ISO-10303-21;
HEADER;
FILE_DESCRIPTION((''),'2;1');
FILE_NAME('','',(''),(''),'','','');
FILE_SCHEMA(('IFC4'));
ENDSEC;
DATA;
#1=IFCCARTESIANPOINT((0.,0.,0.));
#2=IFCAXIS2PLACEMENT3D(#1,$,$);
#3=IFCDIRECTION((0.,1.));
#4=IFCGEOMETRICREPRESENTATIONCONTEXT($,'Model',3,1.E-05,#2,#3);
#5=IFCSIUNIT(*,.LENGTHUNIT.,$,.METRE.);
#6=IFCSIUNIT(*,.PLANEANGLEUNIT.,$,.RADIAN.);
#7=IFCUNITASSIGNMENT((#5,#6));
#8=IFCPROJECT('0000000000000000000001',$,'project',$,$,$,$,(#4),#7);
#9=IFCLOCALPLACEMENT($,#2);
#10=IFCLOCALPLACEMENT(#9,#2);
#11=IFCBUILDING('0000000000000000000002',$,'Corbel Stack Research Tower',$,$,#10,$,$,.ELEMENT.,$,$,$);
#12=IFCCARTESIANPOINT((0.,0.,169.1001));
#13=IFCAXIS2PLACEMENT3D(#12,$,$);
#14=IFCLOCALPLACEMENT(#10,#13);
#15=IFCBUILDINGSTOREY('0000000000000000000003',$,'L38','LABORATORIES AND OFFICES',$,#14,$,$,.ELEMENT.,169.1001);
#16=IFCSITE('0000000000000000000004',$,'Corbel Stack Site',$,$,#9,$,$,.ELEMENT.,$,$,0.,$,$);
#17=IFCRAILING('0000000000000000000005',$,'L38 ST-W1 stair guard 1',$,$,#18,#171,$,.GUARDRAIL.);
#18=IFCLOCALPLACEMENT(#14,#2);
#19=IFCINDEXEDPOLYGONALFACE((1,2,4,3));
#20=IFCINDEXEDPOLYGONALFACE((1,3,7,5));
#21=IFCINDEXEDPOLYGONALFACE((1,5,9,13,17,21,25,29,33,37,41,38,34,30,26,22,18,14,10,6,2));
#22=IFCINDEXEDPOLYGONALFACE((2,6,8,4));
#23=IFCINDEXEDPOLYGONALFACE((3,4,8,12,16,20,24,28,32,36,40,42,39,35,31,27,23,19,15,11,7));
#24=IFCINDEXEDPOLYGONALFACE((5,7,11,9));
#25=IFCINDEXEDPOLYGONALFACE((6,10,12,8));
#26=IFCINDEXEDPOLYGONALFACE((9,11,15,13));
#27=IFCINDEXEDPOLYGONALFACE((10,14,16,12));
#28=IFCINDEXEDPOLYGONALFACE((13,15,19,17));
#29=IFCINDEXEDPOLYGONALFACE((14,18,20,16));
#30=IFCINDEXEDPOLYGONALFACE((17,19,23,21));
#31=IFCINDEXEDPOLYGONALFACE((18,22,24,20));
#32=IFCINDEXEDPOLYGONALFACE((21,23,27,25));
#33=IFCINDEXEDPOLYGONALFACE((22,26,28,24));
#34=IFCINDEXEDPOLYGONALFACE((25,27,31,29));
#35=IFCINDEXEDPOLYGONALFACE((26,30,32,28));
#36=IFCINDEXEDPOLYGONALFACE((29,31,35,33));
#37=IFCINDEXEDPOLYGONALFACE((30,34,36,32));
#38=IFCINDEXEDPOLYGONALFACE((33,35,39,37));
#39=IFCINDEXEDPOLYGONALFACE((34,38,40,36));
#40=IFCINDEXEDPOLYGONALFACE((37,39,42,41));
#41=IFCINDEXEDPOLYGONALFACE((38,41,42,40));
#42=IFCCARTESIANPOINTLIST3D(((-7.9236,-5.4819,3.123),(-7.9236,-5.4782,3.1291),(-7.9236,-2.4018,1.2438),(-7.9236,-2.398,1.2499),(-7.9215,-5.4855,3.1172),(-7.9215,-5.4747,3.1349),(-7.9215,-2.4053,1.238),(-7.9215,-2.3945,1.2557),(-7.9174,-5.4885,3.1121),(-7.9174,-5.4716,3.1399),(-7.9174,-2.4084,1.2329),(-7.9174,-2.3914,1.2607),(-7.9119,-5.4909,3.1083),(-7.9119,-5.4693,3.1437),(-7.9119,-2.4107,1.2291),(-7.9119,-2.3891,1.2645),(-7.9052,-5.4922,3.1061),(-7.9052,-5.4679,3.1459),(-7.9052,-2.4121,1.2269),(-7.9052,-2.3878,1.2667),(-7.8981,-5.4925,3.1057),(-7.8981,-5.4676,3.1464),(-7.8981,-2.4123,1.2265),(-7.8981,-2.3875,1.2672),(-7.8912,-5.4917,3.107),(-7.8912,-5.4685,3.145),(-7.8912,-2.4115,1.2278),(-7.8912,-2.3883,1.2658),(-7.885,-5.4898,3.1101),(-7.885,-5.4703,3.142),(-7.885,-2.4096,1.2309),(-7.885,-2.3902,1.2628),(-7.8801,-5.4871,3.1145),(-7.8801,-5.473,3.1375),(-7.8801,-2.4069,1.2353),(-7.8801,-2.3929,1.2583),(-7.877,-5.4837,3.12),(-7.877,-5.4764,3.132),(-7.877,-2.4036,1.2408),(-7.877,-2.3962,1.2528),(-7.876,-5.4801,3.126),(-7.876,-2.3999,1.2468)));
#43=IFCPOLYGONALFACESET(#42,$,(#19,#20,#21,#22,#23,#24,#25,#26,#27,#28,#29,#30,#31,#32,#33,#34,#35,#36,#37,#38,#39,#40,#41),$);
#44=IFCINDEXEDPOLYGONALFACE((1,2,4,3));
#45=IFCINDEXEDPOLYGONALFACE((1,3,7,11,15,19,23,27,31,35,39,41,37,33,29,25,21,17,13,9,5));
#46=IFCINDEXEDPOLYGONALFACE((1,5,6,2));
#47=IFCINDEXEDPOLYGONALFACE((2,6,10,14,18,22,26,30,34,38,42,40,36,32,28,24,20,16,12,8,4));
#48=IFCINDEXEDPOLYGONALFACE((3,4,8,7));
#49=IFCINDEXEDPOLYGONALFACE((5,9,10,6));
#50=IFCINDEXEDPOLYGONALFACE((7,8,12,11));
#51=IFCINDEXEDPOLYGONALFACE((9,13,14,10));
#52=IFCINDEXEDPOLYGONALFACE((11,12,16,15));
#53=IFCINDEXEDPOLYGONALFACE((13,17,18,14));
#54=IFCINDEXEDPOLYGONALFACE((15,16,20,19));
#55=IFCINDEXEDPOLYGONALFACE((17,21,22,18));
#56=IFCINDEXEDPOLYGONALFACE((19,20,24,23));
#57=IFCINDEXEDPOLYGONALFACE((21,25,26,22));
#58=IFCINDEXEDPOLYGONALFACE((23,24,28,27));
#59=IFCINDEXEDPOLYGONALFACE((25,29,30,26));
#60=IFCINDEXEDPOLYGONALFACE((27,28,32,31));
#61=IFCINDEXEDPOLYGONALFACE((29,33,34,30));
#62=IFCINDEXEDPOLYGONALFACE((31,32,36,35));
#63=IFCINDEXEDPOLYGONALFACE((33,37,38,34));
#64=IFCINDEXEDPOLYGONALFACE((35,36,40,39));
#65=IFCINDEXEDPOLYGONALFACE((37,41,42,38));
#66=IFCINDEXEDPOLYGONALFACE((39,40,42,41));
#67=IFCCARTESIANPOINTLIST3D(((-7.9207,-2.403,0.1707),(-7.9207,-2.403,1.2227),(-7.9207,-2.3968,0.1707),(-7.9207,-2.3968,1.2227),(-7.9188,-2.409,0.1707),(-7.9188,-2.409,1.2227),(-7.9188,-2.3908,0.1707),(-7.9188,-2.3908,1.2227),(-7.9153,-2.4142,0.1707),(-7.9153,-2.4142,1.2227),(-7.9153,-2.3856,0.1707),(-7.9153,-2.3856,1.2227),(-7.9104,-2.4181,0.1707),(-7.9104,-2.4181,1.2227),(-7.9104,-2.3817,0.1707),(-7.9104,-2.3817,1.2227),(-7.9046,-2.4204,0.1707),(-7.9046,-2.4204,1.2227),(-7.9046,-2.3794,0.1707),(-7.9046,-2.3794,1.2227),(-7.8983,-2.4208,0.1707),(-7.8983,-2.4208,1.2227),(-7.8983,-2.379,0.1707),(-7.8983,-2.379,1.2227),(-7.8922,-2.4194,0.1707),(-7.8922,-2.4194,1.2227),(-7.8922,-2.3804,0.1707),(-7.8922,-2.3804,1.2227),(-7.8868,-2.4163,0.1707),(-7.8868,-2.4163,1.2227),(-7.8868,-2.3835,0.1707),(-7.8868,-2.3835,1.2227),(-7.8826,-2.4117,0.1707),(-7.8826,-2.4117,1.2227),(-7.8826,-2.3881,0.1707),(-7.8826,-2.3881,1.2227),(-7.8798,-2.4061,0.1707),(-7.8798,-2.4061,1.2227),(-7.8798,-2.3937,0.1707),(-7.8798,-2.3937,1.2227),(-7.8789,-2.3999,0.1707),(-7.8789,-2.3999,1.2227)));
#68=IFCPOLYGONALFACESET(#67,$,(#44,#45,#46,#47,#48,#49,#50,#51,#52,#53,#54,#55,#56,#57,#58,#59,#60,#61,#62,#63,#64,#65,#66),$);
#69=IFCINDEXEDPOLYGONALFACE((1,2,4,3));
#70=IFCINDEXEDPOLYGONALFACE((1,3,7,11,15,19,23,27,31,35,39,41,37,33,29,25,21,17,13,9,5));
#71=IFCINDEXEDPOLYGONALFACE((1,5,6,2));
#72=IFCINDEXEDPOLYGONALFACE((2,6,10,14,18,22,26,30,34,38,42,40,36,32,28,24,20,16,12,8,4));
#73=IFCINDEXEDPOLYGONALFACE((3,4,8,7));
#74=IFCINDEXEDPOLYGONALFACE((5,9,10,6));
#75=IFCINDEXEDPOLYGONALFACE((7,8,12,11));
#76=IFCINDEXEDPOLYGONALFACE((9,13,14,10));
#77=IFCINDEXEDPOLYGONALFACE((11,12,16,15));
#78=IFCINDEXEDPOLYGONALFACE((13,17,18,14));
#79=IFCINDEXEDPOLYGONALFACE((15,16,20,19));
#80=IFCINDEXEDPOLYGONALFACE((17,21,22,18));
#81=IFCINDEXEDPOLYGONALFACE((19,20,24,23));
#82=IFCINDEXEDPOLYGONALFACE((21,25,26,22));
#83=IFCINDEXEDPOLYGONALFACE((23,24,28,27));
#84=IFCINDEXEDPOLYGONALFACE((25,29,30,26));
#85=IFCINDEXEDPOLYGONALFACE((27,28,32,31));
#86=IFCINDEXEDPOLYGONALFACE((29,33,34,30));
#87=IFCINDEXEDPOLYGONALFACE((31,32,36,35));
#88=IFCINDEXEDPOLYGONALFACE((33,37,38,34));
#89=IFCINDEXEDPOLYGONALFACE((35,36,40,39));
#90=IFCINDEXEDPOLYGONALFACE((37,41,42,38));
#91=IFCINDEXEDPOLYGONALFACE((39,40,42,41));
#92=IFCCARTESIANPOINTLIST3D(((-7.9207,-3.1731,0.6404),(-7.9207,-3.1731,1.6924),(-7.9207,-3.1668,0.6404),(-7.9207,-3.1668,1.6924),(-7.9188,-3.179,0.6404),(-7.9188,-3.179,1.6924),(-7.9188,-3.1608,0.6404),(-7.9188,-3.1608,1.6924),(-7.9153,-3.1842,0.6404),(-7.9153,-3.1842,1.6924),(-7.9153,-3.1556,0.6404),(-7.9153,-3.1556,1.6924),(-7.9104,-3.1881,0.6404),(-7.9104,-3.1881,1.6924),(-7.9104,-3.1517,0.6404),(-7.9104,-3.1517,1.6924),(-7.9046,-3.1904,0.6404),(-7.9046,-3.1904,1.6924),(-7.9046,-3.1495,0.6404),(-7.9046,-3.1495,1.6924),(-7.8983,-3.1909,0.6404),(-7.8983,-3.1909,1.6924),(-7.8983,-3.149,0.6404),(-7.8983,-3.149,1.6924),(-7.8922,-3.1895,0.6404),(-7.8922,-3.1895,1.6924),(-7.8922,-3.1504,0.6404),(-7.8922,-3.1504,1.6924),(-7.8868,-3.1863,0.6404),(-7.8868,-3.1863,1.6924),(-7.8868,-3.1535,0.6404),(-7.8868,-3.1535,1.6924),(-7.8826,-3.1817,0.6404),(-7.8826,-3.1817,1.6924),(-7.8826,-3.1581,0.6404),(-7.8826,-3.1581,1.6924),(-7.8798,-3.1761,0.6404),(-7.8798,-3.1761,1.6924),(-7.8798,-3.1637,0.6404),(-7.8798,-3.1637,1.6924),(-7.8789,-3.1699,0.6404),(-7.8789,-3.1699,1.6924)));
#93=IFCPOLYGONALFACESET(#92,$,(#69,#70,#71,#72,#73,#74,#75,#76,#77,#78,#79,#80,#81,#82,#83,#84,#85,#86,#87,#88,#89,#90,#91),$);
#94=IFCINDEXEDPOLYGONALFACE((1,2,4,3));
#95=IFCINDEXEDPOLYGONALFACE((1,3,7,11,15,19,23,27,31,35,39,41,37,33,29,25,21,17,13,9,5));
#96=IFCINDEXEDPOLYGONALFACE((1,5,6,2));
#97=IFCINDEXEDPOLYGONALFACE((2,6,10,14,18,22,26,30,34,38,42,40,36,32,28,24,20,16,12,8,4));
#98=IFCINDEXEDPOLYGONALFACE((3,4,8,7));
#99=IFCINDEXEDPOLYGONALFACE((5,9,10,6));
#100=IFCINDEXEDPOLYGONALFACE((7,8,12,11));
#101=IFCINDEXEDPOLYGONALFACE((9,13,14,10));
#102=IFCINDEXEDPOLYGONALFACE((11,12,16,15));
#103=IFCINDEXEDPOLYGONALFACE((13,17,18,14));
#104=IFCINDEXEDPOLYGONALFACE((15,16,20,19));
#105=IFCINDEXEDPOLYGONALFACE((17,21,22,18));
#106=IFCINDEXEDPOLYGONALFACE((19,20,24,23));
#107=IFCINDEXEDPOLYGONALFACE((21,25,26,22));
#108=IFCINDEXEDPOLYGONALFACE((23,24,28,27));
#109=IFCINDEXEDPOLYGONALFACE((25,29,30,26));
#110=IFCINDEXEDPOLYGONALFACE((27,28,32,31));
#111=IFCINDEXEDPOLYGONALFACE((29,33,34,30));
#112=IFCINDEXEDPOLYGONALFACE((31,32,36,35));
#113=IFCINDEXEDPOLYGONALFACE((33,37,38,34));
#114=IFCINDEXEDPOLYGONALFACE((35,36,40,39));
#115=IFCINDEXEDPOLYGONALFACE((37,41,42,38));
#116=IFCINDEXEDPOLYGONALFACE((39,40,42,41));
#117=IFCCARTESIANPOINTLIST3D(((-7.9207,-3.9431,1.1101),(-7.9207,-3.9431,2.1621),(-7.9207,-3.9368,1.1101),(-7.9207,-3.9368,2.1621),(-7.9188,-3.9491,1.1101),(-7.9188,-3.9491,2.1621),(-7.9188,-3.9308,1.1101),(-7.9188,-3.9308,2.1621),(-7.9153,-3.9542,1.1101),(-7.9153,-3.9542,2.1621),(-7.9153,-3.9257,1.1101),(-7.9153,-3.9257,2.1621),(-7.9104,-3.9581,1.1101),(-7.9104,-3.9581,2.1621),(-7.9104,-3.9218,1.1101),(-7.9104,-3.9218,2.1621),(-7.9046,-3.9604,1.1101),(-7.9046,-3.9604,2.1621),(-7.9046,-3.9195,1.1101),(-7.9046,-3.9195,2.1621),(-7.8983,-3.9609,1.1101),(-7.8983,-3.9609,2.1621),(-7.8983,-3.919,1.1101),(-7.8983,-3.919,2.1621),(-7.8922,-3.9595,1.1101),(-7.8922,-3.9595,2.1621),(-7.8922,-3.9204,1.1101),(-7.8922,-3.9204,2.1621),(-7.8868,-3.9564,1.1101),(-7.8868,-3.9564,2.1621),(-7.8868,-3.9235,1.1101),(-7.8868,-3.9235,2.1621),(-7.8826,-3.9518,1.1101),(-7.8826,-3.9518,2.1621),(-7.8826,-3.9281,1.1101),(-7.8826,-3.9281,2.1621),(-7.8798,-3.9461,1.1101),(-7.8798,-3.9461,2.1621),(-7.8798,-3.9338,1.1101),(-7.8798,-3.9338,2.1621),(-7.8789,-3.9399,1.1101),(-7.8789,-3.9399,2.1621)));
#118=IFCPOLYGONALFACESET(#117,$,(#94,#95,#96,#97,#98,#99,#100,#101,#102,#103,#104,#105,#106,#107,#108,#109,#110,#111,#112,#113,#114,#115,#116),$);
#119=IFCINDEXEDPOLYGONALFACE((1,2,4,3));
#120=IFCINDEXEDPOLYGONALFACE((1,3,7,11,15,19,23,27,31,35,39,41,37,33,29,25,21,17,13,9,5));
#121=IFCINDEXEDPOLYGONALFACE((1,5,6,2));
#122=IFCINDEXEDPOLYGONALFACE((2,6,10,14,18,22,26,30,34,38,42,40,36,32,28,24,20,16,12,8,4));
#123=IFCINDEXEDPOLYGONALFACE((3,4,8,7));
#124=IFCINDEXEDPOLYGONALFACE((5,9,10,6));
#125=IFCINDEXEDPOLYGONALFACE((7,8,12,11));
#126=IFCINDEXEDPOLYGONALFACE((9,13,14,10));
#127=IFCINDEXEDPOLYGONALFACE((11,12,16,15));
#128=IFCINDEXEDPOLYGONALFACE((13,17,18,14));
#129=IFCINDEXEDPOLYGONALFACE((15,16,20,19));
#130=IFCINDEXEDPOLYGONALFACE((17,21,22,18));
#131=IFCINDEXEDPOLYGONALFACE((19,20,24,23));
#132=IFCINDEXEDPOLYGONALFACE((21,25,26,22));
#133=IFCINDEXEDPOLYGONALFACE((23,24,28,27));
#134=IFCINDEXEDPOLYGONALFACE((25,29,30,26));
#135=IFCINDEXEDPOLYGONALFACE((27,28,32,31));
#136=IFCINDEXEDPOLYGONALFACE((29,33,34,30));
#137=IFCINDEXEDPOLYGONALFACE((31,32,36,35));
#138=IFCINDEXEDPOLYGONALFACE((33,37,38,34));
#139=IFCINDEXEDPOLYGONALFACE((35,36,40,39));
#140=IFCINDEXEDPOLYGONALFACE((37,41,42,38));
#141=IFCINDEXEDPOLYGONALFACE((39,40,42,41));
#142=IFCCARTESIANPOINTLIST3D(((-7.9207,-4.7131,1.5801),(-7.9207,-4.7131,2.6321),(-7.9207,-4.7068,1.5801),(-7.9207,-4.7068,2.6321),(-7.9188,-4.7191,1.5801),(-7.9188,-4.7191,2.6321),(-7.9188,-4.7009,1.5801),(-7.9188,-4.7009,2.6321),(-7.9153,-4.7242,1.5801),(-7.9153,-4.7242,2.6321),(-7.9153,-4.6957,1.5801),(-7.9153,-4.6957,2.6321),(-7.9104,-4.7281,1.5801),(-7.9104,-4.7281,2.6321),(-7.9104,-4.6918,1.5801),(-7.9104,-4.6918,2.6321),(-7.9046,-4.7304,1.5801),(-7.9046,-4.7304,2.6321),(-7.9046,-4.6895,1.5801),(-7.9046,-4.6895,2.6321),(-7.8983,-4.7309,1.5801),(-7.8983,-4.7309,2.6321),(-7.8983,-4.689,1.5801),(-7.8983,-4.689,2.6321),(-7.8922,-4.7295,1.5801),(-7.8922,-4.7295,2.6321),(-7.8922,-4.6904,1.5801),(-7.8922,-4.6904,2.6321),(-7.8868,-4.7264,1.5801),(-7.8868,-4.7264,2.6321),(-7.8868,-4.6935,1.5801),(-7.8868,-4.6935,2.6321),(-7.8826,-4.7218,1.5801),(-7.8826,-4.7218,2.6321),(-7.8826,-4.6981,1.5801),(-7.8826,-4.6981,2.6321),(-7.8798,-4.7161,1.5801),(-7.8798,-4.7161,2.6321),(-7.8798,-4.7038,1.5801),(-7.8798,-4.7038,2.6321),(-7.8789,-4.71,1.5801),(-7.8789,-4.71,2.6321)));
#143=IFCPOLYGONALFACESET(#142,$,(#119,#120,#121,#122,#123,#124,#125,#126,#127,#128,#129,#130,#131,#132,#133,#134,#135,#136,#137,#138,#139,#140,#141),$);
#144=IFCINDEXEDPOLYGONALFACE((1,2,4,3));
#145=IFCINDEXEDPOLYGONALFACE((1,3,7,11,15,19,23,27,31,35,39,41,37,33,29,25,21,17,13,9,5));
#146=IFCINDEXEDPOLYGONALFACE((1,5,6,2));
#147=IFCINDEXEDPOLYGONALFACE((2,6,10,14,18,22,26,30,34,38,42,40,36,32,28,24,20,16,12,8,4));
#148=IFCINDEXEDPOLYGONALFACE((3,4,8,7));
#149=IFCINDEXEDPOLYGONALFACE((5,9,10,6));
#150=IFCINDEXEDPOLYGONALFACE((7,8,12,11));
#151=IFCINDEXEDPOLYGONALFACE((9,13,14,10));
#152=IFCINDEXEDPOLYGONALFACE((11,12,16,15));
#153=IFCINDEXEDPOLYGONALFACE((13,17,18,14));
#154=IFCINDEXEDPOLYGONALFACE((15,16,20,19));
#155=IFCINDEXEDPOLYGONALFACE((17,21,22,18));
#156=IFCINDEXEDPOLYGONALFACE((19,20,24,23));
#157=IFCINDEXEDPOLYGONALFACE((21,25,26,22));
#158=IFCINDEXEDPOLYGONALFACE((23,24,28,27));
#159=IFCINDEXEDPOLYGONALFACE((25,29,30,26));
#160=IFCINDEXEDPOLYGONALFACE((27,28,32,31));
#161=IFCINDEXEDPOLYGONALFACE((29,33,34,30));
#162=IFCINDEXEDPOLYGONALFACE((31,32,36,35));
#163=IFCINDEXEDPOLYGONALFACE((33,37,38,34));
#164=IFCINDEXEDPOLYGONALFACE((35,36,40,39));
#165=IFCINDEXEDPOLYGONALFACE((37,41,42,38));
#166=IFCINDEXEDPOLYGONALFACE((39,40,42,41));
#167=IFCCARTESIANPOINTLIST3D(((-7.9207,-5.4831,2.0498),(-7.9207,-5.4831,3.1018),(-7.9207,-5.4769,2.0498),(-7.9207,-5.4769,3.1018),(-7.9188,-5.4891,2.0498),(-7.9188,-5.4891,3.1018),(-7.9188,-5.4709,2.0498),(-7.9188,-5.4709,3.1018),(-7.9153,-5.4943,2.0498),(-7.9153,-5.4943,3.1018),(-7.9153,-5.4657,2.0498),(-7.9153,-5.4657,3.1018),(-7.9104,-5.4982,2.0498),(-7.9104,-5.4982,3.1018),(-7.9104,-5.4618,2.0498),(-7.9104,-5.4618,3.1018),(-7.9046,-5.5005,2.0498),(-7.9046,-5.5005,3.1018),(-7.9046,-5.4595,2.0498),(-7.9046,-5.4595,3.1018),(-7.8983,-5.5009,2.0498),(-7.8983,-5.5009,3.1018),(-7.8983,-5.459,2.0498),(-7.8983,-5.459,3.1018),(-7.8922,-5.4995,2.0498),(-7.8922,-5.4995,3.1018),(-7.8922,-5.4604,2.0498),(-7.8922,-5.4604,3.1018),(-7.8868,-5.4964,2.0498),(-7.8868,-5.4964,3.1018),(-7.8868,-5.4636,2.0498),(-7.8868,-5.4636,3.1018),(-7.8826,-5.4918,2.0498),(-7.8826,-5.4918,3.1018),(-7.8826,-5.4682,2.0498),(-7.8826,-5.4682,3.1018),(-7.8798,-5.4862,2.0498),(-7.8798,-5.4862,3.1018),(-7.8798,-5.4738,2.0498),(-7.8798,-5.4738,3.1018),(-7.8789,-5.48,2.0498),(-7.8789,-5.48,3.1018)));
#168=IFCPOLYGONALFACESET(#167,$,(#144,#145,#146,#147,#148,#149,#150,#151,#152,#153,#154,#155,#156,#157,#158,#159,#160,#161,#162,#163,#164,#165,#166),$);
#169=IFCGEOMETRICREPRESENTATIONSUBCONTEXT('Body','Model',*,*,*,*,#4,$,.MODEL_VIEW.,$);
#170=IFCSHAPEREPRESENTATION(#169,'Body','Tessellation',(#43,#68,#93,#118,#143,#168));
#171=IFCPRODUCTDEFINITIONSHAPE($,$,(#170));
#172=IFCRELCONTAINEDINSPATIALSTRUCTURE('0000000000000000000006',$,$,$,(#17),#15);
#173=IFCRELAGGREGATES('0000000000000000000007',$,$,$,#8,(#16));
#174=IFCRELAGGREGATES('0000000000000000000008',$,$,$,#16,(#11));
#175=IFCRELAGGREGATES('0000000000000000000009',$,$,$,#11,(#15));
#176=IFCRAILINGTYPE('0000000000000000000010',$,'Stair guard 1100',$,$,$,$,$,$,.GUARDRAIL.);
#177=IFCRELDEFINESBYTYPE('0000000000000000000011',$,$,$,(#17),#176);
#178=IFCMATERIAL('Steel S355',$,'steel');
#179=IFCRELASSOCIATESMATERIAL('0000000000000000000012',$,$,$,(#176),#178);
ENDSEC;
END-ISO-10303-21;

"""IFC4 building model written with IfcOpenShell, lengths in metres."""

from ifc_helpers import new_model, si_unit, direction, frame, origin, origin_2d, place, context, subcontext, project, spatial, circle, extrude, material, type_object, element, save


model = new_model("IFC4")

# Units and contexts
model_context = context("Model", 3, precision=1e-05, world=origin(), true_north=direction((0.0, 1.0)))
body_context = subcontext(model_context, "Body", "Model", "MODEL_VIEW")
ifc_project = project(units=[si_unit("LENGTHUNIT", "METRE"), si_unit("PLANEANGLEUNIT", "RADIAN")], contexts=[model_context])

# Site, building, storey
site_placement = place(None, origin())
site = spatial("IfcSite", under=ifc_project, at=site_placement, Name="Corbel Stack Site", CompositionType="ELEMENT", RefElevation=0.0)
building_placement = place(site_placement, origin())
building = spatial("IfcBuilding", under=site, at=building_placement, Name="Corbel Stack Research Tower", CompositionType="ELEMENT")
storey_placement = place(building_placement, frame((0.0, 0.0, 169.1001)))
storey = spatial("IfcBuildingStorey", under=building, at=storey_placement, Name="L38", Description="LABORATORIES AND OFFICES", CompositionType="ELEMENT", Elevation=169.1001)

# Railing
ifc_material_1 = material(Name="Steel S355", Category="steel")
railing_type_1 = type_object("IfcRailingType", Name="Stair guard 1100", PredefinedType="GUARDRAIL", material=ifc_material_1)
railing_1_placement = place(storey_placement, frame((-7.8999, -2.3999, 0.1707)))
element("IfcRailing", 1, at=railing_1_placement, inside=storey, type_object=railing_type_1, Name="L38 ST-W1 stair guard 1", PredefinedType="GUARDRAIL", context=body_context, shape_type="SweptSolid", body=[
    extrude(circle(Radius=0.0239, at=origin_2d()), frame((0.0, 0.0, 1.0762), z_axis=(0.0, -0.853666, 0.52082), x_axis=(1.0, 0.0, 0.0)), (0.0, 0.0, 1.0), 3.6082),
    extrude(circle(Radius=0.021, at=origin_2d()), origin(), (0.0, 0.0, 1.0), 1.052),
    extrude(circle(Radius=0.021, at=origin_2d()), frame((0.0, -0.77, 0.4697)), (0.0, 0.0, 1.0), 1.052),
    extrude(circle(Radius=0.021, at=origin_2d()), frame((0.0, -1.54, 0.9395)), (0.0, 0.0, 1.0), 1.052),
    extrude(circle(Radius=0.021, at=origin_2d()), frame((0.0, -2.3101, 1.4094)), (0.0, 0.0, 1.0), 1.052),
    extrude(circle(Radius=0.021, at=origin_2d()), frame((0.0, -3.0801, 1.8792)), (0.0, 0.0, 1.0), 1.052),
])

save(model, "model.ifc")
